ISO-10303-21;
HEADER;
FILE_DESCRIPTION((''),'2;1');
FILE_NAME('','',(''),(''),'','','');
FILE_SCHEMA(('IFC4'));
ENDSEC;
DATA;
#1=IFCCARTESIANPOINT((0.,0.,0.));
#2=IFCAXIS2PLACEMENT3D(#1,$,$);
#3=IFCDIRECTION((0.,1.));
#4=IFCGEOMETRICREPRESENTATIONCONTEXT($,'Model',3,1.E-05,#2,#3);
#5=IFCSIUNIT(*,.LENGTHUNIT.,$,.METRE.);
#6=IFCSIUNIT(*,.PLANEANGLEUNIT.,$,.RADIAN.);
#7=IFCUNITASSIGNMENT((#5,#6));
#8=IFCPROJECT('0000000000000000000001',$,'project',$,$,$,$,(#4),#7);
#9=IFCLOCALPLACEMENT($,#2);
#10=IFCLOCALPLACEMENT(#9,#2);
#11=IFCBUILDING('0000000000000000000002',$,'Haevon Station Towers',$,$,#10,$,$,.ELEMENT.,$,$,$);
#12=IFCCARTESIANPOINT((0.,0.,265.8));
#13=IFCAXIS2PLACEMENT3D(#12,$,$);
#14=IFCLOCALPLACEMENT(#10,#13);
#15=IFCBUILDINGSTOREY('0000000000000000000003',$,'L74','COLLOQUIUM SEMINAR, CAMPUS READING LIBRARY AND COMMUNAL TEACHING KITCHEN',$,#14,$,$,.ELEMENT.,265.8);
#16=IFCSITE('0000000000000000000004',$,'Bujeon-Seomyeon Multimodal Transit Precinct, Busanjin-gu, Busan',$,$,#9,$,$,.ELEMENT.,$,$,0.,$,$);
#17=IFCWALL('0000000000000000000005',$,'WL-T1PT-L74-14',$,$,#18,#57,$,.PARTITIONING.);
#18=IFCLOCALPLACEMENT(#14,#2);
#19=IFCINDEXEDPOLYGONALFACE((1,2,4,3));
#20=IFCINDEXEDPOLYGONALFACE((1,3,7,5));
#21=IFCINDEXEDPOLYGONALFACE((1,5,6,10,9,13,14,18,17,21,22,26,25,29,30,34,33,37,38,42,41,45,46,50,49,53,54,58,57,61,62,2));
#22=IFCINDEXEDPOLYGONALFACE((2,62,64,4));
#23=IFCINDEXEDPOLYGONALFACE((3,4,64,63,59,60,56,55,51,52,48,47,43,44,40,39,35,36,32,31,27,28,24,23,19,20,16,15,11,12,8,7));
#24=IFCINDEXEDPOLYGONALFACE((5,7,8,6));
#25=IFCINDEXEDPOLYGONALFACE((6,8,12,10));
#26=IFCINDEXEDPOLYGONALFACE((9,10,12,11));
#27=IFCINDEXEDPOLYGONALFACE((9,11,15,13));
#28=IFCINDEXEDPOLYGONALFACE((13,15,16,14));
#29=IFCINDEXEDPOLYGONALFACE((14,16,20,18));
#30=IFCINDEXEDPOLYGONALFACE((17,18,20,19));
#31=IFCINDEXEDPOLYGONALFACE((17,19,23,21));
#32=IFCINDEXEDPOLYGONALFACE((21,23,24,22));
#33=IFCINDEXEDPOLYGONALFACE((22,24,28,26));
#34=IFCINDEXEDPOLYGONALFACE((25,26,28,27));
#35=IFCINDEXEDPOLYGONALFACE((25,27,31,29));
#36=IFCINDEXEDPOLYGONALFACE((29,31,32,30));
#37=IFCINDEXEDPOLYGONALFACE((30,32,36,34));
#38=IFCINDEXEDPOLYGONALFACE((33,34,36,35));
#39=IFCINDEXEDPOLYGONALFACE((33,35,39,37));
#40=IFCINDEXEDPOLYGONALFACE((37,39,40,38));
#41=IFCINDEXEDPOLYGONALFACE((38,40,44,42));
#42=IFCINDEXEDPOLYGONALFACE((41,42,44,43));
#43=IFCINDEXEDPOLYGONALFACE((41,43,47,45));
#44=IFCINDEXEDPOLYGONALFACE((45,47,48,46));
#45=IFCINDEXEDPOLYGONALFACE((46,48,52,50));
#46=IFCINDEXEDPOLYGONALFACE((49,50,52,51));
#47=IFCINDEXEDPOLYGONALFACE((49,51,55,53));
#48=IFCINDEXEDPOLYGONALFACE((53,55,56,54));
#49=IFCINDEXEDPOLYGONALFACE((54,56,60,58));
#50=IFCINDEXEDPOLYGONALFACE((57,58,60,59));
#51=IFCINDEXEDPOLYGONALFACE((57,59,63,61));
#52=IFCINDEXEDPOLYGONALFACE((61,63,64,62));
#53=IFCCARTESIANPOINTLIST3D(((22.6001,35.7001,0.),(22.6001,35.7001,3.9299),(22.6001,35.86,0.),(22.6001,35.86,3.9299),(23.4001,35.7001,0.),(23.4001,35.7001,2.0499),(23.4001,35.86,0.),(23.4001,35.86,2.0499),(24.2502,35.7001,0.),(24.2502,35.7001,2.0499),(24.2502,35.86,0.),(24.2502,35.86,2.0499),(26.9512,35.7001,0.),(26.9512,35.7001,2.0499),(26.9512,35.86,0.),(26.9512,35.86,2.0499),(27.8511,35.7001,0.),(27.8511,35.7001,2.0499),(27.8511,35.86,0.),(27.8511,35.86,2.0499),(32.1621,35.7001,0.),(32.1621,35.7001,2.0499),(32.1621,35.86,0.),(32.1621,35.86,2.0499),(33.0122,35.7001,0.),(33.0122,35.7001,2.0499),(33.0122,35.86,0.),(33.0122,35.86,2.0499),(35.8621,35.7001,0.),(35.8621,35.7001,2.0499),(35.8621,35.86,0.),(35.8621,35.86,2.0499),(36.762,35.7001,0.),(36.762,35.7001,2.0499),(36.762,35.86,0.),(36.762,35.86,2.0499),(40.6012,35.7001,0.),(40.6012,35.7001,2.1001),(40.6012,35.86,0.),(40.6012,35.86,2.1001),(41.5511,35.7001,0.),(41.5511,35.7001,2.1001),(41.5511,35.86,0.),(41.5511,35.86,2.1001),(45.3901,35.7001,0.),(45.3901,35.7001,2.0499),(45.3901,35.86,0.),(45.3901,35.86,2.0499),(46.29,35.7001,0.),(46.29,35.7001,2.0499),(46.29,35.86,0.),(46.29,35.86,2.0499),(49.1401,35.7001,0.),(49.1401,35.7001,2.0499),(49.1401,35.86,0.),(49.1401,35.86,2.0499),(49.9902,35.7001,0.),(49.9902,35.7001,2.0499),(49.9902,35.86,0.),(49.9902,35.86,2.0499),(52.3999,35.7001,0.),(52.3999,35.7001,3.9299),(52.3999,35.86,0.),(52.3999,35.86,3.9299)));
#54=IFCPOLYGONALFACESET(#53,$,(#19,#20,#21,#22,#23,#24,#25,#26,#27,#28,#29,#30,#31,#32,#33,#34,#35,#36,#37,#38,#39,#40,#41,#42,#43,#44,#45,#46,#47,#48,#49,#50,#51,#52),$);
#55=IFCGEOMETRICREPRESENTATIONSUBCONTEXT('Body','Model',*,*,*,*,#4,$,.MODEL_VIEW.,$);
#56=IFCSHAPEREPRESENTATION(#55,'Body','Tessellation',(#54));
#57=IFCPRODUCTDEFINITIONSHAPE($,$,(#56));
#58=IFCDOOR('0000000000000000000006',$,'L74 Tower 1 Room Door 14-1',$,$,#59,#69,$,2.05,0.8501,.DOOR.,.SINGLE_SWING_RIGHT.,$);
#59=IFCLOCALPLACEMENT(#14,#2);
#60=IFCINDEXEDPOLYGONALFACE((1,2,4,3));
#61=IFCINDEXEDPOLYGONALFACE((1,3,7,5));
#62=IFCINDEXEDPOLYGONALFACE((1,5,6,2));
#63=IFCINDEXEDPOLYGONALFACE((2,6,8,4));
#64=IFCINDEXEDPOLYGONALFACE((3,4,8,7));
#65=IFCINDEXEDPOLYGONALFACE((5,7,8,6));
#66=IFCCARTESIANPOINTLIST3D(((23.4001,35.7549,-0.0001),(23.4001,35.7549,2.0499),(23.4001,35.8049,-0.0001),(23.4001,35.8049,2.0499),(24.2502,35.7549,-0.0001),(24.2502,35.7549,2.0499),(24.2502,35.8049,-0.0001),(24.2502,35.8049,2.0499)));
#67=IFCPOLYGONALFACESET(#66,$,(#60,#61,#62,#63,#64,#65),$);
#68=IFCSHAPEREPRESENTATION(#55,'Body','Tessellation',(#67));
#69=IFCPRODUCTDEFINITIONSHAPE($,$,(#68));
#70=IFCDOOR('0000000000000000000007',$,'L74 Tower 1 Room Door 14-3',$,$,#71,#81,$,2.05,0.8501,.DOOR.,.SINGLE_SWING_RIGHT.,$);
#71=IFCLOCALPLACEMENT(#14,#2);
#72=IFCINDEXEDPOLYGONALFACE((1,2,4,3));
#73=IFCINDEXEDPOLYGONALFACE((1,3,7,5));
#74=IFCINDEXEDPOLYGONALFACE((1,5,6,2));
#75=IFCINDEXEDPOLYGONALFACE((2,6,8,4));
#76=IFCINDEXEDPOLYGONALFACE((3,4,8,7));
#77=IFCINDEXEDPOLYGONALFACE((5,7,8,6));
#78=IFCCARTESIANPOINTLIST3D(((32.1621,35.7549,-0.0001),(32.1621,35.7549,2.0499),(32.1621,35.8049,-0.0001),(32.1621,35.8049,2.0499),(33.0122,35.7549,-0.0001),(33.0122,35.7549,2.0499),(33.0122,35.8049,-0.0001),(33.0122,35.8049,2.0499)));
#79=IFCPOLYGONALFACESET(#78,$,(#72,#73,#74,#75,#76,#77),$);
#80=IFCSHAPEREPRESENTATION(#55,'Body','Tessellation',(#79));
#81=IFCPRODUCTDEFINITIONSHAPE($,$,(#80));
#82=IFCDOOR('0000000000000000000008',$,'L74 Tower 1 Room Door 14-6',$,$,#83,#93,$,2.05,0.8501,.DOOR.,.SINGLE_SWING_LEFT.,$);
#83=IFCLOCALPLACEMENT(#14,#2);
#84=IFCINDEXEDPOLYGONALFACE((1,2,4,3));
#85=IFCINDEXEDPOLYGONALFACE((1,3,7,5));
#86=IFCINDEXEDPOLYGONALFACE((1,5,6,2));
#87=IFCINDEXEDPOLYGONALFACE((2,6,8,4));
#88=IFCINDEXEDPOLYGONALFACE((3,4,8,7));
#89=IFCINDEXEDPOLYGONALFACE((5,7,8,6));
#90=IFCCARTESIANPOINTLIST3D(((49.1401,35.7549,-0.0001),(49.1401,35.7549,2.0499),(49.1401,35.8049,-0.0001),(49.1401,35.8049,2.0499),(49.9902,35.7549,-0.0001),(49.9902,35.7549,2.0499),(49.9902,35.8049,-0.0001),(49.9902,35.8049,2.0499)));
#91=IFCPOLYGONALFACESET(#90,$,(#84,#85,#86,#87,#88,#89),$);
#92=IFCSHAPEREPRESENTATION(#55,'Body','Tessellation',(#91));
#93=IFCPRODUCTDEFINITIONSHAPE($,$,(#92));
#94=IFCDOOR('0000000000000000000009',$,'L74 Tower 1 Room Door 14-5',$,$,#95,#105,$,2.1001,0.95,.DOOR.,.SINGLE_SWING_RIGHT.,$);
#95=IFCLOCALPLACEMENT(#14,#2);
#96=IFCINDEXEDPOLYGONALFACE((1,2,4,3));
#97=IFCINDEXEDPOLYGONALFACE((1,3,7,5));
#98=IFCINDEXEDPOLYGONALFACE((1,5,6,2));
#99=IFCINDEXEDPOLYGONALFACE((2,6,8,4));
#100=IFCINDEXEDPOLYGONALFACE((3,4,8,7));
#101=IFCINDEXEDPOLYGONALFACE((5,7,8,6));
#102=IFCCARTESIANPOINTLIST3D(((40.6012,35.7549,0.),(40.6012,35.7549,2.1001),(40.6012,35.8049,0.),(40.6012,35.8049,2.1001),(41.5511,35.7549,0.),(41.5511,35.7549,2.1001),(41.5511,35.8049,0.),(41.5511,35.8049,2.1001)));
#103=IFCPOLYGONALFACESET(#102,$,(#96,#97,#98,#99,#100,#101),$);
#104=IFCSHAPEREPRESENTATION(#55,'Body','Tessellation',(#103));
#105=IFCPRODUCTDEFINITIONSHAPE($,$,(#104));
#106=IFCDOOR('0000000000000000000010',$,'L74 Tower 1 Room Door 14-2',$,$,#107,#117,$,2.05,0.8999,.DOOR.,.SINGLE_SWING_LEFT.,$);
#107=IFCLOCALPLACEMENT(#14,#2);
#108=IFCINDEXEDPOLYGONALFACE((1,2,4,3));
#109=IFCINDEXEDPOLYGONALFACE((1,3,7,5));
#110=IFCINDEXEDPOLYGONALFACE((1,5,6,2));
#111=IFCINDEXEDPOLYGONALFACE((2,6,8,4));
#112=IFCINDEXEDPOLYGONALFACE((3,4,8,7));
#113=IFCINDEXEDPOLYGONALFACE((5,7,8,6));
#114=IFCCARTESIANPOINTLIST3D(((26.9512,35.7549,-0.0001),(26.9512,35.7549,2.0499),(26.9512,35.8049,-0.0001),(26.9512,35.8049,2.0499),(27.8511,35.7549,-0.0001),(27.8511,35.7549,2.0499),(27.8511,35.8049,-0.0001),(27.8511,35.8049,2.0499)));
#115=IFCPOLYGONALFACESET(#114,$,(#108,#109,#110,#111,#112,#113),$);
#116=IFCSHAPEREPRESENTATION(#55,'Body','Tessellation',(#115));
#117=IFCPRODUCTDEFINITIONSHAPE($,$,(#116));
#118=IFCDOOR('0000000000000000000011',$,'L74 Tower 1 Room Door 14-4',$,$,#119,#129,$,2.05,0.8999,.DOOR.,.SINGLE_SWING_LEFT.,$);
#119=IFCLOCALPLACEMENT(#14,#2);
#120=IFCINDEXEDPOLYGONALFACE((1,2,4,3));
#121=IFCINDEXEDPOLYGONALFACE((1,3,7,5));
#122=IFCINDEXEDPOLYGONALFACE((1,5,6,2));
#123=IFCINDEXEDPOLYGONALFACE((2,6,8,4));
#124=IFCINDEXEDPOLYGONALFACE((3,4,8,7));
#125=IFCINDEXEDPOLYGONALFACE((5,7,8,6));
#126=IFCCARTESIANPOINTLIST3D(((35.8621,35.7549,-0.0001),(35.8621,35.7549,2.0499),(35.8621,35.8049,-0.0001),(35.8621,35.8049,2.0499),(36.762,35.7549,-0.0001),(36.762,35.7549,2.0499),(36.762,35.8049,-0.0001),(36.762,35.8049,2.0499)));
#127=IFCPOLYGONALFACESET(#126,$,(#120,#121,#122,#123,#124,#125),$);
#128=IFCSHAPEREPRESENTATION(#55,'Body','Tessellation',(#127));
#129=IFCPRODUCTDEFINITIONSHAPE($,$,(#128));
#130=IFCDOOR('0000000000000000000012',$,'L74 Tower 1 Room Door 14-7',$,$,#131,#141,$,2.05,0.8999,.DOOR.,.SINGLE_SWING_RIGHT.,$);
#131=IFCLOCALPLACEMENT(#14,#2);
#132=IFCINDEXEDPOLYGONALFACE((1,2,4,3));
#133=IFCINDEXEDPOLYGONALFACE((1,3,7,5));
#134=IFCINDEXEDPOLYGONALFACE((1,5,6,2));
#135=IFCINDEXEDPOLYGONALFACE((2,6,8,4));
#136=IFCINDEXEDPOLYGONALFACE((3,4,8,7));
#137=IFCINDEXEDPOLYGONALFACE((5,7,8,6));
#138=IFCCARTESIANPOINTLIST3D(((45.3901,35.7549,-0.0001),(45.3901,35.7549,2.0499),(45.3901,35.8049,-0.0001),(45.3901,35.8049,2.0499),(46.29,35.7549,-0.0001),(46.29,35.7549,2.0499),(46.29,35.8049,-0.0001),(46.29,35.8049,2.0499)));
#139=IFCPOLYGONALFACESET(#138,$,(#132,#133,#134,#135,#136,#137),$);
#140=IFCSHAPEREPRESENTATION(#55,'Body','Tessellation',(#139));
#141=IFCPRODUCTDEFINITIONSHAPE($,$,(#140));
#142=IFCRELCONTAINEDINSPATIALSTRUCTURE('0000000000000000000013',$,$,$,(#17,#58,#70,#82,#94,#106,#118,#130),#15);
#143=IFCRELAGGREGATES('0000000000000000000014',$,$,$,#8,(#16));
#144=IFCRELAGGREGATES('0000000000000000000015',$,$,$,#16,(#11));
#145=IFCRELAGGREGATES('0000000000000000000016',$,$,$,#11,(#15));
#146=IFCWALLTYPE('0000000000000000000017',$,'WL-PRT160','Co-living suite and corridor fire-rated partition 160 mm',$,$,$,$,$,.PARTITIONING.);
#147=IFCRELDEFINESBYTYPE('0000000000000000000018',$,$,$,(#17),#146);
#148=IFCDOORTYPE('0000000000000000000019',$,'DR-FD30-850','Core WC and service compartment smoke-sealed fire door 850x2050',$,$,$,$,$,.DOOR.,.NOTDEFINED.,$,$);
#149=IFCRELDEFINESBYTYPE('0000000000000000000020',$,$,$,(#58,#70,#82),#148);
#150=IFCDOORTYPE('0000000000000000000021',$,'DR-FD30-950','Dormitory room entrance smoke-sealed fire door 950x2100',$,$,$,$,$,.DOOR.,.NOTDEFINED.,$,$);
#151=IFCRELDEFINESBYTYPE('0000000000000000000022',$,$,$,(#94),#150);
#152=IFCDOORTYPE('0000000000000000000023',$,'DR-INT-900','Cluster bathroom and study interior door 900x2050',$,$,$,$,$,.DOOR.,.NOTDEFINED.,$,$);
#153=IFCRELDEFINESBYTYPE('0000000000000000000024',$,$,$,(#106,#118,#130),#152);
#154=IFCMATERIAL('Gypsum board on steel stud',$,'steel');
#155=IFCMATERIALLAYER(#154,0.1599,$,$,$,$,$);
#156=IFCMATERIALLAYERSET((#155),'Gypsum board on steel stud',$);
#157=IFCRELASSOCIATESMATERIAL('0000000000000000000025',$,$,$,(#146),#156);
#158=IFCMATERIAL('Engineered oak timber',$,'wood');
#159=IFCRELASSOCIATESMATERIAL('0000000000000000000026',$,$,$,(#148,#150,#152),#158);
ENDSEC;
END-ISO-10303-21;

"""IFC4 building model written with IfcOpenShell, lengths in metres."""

from ifc_helpers import new_model, si_unit, direction, frame, frame_2d, origin, place, context, subcontext, project, spatial, rectangle, extrude, material, layer, layer_set, type_object, element, fill, save


model = new_model("IFC4")

# Units and contexts
model_context = context("Model", 3, precision=1e-05, world=origin(), true_north=direction((0.0, 1.0)))
body_context = subcontext(model_context, "Body", "Model", "MODEL_VIEW")
ifc_project = project(units=[si_unit("LENGTHUNIT", "METRE"), si_unit("PLANEANGLEUNIT", "RADIAN")], contexts=[model_context])

# Site, building, storey
site_placement = place(None, origin())
site = spatial("IfcSite", under=ifc_project, at=site_placement, Name="Bujeon-Seomyeon Multimodal Transit Precinct, Busanjin-gu, Busan", CompositionType="ELEMENT", RefElevation=0.0)
building_placement = place(site_placement, origin())
building = spatial("IfcBuilding", under=site, at=building_placement, Name="Haevon Station Towers", CompositionType="ELEMENT")
storey_placement = place(building_placement, frame((0.0, 0.0, 265.8)))
storey = spatial("IfcBuildingStorey", under=building, at=storey_placement, Name="L74", Description="COLLOQUIUM SEMINAR, CAMPUS READING LIBRARY AND COMMUNAL TEACHING KITCHEN", CompositionType="ELEMENT", Elevation=265.8)

# Shared definitions
ifc_material_1 = material(Name="Gypsum board on steel stud", Category="steel")

# Wall, openings, doors
ifc_layer_1 = layer(ifc_material_1, 0.1599)
ifc_layer_set_1 = layer_set([ifc_layer_1], Name="Gypsum board on steel stud")
wall_type_1 = type_object("IfcWallType", Name="WL-PRT160", Description="Co-living suite and corridor fire-rated partition 160 mm", PredefinedType="PARTITIONING", material=ifc_layer_set_1)
wall_1_placement = place(storey_placement, frame((22.6001, 35.78, 0.0), z_axis=(0.0, 0.0, 1.0), x_axis=(1.0, 0.0, 0.0)))
wall_1 = element("IfcWall", 1, at=wall_1_placement, inside=storey, type_object=wall_type_1, Name="WL-T1PT-L74-14", PredefinedType="PARTITIONING", context=body_context, shape_type="SweptSolid", body=[
    extrude(rectangle(XDim=29.7998, YDim=0.1599, at=frame_2d((14.8999, 0.0))), origin(), (0.0, 0.0, 1.0), 3.9299),
])
opening_1_placement = place(wall_1_placement, frame((0.8, 0.0, 0.0)))
opening_1 = element("IfcOpeningElement", 2, at=opening_1_placement, cuts=wall_1, PredefinedType="OPENING", context=body_context, shape_type="SweptSolid", body=[
    extrude(rectangle(XDim=0.8501, YDim=2.05, at=frame_2d((0.425, 1.0249))), frame((0.0, 0.0898, 0.0), z_axis=(0.0, -1.0, 0.0), x_axis=(1.0, 0.0, 0.0)), (0.0, 0.0, 1.0), 0.1799),
])
opening_2_placement = place(wall_1_placement, frame((4.3511, 0.0, 0.0)))
opening_2 = element("IfcOpeningElement", 3, at=opening_2_placement, cuts=wall_1, PredefinedType="OPENING", context=body_context, shape_type="SweptSolid", body=[
    extrude(rectangle(XDim=0.8999, YDim=2.05, at=frame_2d((0.45, 1.0249))), frame((0.0, 0.0898, 0.0), z_axis=(0.0, -1.0, 0.0), x_axis=(1.0, 0.0, 0.0)), (0.0, 0.0, 1.0), 0.1799),
])
opening_3_placement = place(wall_1_placement, frame((9.562, 0.0, 0.0)))
opening_3 = element("IfcOpeningElement", 4, at=opening_3_placement, cuts=wall_1, PredefinedType="OPENING", context=body_context, shape_type="SweptSolid", body=[
    extrude(rectangle(XDim=0.8501, YDim=2.05, at=frame_2d((0.425, 1.0249))), frame((0.0, 0.0898, 0.0), z_axis=(0.0, -1.0, 0.0), x_axis=(1.0, 0.0, 0.0)), (0.0, 0.0, 1.0), 0.1799),
])
opening_4_placement = place(wall_1_placement, frame((13.262, 0.0, 0.0)))
opening_4 = element("IfcOpeningElement", 5, at=opening_4_placement, cuts=wall_1, PredefinedType="OPENING", context=body_context, shape_type="SweptSolid", body=[
    extrude(rectangle(XDim=0.8999, YDim=2.05, at=frame_2d((0.45, 1.0249))), frame((0.0, 0.0898, 0.0), z_axis=(0.0, -1.0, 0.0), x_axis=(1.0, 0.0, 0.0)), (0.0, 0.0, 1.0), 0.1799),
])
opening_5_placement = place(wall_1_placement, frame((18.001, 0.0, 0.0)))
opening_5 = element("IfcOpeningElement", 6, at=opening_5_placement, cuts=wall_1, PredefinedType="OPENING", context=body_context, shape_type="SweptSolid", body=[
    extrude(rectangle(XDim=0.95, YDim=2.1001, at=frame_2d((0.4751, 1.05))), frame((0.0, 0.0898, 0.0), z_axis=(0.0, -1.0, 0.0), x_axis=(1.0, 0.0, 0.0)), (0.0, 0.0, 1.0), 0.1799),
])
opening_6_placement = place(wall_1_placement, frame((26.54, 0.0, 0.0)))
opening_6 = element("IfcOpeningElement", 7, at=opening_6_placement, cuts=wall_1, PredefinedType="OPENING", context=body_context, shape_type="SweptSolid", body=[
    extrude(rectangle(XDim=0.8501, YDim=2.05, at=frame_2d((0.425, 1.0249))), frame((0.0, 0.0898, 0.0), z_axis=(0.0, -1.0, 0.0), x_axis=(1.0, 0.0, 0.0)), (0.0, 0.0, 1.0), 0.1799),
])
opening_7_placement = place(wall_1_placement, frame((22.79, 0.0, 0.0)))
opening_7 = element("IfcOpeningElement", 8, at=opening_7_placement, cuts=wall_1, PredefinedType="OPENING", context=body_context, shape_type="SweptSolid", body=[
    extrude(rectangle(XDim=0.8999, YDim=2.05, at=frame_2d((0.45, 1.0249))), frame((0.0, 0.0898, 0.0), z_axis=(0.0, -1.0, 0.0), x_axis=(1.0, 0.0, 0.0)), (0.0, 0.0, 1.0), 0.1799),
])
ifc_material_2 = material(Name="Engineered oak timber", Category="wood")
door_type_1 = type_object("IfcDoorType", Name="DR-FD30-850", Description="Core WC and service compartment smoke-sealed fire door 850x2050", OperationType="NOTDEFINED", PredefinedType="DOOR", material=ifc_material_2)
door_1_placement = place(opening_1_placement, origin())
door_1 = element("IfcDoor", 9, at=door_1_placement, inside=storey, type_object=door_type_1, Name="L74 Tower 1 Room Door 14-1", OperationType="SINGLE_SWING_RIGHT", OverallHeight=2.05, OverallWidth=0.8501, PredefinedType="DOOR", context=body_context, shape_type="SweptSolid", body=[
    extrude(rectangle(XDim=0.8501, YDim=2.05, at=frame_2d((0.425, 1.0249))), frame((0.0, 0.0249, 0.0), z_axis=(0.0, -1.0, 0.0), x_axis=(1.0, 0.0, 0.0)), (0.0, 0.0, 1.0), 0.05),
])
fill(opening_1, door_1)
door_2_placement = place(opening_3_placement, origin())
door_2 = element("IfcDoor", 10, at=door_2_placement, inside=storey, type_object=door_type_1, Name="L74 Tower 1 Room Door 14-3", OperationType="SINGLE_SWING_RIGHT", OverallHeight=2.05, OverallWidth=0.8501, PredefinedType="DOOR", context=body_context, shape_type="SweptSolid", body=[
    extrude(rectangle(XDim=0.8501, YDim=2.05, at=frame_2d((0.425, 1.0249))), frame((0.0, 0.0249, 0.0), z_axis=(0.0, -1.0, 0.0), x_axis=(1.0, 0.0, 0.0)), (0.0, 0.0, 1.0), 0.05),
])
fill(opening_3, door_2)
door_3_placement = place(opening_6_placement, origin())
door_3 = element("IfcDoor", 11, at=door_3_placement, inside=storey, type_object=door_type_1, Name="L74 Tower 1 Room Door 14-6", OperationType="SINGLE_SWING_LEFT", OverallHeight=2.05, OverallWidth=0.8501, PredefinedType="DOOR", context=body_context, shape_type="SweptSolid", body=[
    extrude(rectangle(XDim=0.8501, YDim=2.05, at=frame_2d((0.425, 1.0249))), frame((0.0, 0.0249, 0.0), z_axis=(0.0, -1.0, 0.0), x_axis=(1.0, 0.0, 0.0)), (0.0, 0.0, 1.0), 0.05),
])
fill(opening_6, door_3)
door_type_2 = type_object("IfcDoorType", Name="DR-FD30-950", Description="Dormitory room entrance smoke-sealed fire door 950x2100", OperationType="NOTDEFINED", PredefinedType="DOOR", material=ifc_material_2)
door_4_placement = place(opening_5_placement, origin())
door_4 = element("IfcDoor", 12, at=door_4_placement, inside=storey, type_object=door_type_2, Name="L74 Tower 1 Room Door 14-5", OperationType="SINGLE_SWING_RIGHT", OverallHeight=2.1001, OverallWidth=0.95, PredefinedType="DOOR", context=body_context, shape_type="SweptSolid", body=[
    extrude(rectangle(XDim=0.95, YDim=2.1001, at=frame_2d((0.4751, 1.05))), frame((0.0, 0.0249, 0.0), z_axis=(0.0, -1.0, 0.0), x_axis=(1.0, 0.0, 0.0)), (0.0, 0.0, 1.0), 0.05),
])
fill(opening_5, door_4)
door_type_3 = type_object("IfcDoorType", Name="DR-INT-900", Description="Cluster bathroom and study interior door 900x2050", OperationType="NOTDEFINED", PredefinedType="DOOR", material=ifc_material_2)
door_5_placement = place(opening_2_placement, origin())
door_5 = element("IfcDoor", 13, at=door_5_placement, inside=storey, type_object=door_type_3, Name="L74 Tower 1 Room Door 14-2", OperationType="SINGLE_SWING_LEFT", OverallHeight=2.05, OverallWidth=0.8999, PredefinedType="DOOR", context=body_context, shape_type="SweptSolid", body=[
    extrude(rectangle(XDim=0.8999, YDim=2.05, at=frame_2d((0.45, 1.0249))), frame((0.0, 0.0249, 0.0), z_axis=(0.0, -1.0, 0.0), x_axis=(1.0, 0.0, 0.0)), (0.0, 0.0, 1.0), 0.05),
])
fill(opening_2, door_5)
door_6_placement = place(opening_4_placement, origin())
door_6 = element("IfcDoor", 14, at=door_6_placement, inside=storey, type_object=door_type_3, Name="L74 Tower 1 Room Door 14-4", OperationType="SINGLE_SWING_LEFT", OverallHeight=2.05, OverallWidth=0.8999, PredefinedType="DOOR", context=body_context, shape_type="SweptSolid", body=[
    extrude(rectangle(XDim=0.8999, YDim=2.05, at=frame_2d((0.45, 1.0249))), frame((0.0, 0.0249, 0.0), z_axis=(0.0, -1.0, 0.0), x_axis=(1.0, 0.0, 0.0)), (0.0, 0.0, 1.0), 0.05),
])
fill(opening_4, door_6)
door_7_placement = place(opening_7_placement, origin())
door_7 = element("IfcDoor", 15, at=door_7_placement, inside=storey, type_object=door_type_3, Name="L74 Tower 1 Room Door 14-7", OperationType="SINGLE_SWING_RIGHT", OverallHeight=2.05, OverallWidth=0.8999, PredefinedType="DOOR", context=body_context, shape_type="SweptSolid", body=[
    extrude(rectangle(XDim=0.8999, YDim=2.05, at=frame_2d((0.45, 1.0249))), frame((0.0, 0.0249, 0.0), z_axis=(0.0, -1.0, 0.0), x_axis=(1.0, 0.0, 0.0)), (0.0, 0.0, 1.0), 0.05),
])
fill(opening_7, door_7)

save(model, "model.ifc")
